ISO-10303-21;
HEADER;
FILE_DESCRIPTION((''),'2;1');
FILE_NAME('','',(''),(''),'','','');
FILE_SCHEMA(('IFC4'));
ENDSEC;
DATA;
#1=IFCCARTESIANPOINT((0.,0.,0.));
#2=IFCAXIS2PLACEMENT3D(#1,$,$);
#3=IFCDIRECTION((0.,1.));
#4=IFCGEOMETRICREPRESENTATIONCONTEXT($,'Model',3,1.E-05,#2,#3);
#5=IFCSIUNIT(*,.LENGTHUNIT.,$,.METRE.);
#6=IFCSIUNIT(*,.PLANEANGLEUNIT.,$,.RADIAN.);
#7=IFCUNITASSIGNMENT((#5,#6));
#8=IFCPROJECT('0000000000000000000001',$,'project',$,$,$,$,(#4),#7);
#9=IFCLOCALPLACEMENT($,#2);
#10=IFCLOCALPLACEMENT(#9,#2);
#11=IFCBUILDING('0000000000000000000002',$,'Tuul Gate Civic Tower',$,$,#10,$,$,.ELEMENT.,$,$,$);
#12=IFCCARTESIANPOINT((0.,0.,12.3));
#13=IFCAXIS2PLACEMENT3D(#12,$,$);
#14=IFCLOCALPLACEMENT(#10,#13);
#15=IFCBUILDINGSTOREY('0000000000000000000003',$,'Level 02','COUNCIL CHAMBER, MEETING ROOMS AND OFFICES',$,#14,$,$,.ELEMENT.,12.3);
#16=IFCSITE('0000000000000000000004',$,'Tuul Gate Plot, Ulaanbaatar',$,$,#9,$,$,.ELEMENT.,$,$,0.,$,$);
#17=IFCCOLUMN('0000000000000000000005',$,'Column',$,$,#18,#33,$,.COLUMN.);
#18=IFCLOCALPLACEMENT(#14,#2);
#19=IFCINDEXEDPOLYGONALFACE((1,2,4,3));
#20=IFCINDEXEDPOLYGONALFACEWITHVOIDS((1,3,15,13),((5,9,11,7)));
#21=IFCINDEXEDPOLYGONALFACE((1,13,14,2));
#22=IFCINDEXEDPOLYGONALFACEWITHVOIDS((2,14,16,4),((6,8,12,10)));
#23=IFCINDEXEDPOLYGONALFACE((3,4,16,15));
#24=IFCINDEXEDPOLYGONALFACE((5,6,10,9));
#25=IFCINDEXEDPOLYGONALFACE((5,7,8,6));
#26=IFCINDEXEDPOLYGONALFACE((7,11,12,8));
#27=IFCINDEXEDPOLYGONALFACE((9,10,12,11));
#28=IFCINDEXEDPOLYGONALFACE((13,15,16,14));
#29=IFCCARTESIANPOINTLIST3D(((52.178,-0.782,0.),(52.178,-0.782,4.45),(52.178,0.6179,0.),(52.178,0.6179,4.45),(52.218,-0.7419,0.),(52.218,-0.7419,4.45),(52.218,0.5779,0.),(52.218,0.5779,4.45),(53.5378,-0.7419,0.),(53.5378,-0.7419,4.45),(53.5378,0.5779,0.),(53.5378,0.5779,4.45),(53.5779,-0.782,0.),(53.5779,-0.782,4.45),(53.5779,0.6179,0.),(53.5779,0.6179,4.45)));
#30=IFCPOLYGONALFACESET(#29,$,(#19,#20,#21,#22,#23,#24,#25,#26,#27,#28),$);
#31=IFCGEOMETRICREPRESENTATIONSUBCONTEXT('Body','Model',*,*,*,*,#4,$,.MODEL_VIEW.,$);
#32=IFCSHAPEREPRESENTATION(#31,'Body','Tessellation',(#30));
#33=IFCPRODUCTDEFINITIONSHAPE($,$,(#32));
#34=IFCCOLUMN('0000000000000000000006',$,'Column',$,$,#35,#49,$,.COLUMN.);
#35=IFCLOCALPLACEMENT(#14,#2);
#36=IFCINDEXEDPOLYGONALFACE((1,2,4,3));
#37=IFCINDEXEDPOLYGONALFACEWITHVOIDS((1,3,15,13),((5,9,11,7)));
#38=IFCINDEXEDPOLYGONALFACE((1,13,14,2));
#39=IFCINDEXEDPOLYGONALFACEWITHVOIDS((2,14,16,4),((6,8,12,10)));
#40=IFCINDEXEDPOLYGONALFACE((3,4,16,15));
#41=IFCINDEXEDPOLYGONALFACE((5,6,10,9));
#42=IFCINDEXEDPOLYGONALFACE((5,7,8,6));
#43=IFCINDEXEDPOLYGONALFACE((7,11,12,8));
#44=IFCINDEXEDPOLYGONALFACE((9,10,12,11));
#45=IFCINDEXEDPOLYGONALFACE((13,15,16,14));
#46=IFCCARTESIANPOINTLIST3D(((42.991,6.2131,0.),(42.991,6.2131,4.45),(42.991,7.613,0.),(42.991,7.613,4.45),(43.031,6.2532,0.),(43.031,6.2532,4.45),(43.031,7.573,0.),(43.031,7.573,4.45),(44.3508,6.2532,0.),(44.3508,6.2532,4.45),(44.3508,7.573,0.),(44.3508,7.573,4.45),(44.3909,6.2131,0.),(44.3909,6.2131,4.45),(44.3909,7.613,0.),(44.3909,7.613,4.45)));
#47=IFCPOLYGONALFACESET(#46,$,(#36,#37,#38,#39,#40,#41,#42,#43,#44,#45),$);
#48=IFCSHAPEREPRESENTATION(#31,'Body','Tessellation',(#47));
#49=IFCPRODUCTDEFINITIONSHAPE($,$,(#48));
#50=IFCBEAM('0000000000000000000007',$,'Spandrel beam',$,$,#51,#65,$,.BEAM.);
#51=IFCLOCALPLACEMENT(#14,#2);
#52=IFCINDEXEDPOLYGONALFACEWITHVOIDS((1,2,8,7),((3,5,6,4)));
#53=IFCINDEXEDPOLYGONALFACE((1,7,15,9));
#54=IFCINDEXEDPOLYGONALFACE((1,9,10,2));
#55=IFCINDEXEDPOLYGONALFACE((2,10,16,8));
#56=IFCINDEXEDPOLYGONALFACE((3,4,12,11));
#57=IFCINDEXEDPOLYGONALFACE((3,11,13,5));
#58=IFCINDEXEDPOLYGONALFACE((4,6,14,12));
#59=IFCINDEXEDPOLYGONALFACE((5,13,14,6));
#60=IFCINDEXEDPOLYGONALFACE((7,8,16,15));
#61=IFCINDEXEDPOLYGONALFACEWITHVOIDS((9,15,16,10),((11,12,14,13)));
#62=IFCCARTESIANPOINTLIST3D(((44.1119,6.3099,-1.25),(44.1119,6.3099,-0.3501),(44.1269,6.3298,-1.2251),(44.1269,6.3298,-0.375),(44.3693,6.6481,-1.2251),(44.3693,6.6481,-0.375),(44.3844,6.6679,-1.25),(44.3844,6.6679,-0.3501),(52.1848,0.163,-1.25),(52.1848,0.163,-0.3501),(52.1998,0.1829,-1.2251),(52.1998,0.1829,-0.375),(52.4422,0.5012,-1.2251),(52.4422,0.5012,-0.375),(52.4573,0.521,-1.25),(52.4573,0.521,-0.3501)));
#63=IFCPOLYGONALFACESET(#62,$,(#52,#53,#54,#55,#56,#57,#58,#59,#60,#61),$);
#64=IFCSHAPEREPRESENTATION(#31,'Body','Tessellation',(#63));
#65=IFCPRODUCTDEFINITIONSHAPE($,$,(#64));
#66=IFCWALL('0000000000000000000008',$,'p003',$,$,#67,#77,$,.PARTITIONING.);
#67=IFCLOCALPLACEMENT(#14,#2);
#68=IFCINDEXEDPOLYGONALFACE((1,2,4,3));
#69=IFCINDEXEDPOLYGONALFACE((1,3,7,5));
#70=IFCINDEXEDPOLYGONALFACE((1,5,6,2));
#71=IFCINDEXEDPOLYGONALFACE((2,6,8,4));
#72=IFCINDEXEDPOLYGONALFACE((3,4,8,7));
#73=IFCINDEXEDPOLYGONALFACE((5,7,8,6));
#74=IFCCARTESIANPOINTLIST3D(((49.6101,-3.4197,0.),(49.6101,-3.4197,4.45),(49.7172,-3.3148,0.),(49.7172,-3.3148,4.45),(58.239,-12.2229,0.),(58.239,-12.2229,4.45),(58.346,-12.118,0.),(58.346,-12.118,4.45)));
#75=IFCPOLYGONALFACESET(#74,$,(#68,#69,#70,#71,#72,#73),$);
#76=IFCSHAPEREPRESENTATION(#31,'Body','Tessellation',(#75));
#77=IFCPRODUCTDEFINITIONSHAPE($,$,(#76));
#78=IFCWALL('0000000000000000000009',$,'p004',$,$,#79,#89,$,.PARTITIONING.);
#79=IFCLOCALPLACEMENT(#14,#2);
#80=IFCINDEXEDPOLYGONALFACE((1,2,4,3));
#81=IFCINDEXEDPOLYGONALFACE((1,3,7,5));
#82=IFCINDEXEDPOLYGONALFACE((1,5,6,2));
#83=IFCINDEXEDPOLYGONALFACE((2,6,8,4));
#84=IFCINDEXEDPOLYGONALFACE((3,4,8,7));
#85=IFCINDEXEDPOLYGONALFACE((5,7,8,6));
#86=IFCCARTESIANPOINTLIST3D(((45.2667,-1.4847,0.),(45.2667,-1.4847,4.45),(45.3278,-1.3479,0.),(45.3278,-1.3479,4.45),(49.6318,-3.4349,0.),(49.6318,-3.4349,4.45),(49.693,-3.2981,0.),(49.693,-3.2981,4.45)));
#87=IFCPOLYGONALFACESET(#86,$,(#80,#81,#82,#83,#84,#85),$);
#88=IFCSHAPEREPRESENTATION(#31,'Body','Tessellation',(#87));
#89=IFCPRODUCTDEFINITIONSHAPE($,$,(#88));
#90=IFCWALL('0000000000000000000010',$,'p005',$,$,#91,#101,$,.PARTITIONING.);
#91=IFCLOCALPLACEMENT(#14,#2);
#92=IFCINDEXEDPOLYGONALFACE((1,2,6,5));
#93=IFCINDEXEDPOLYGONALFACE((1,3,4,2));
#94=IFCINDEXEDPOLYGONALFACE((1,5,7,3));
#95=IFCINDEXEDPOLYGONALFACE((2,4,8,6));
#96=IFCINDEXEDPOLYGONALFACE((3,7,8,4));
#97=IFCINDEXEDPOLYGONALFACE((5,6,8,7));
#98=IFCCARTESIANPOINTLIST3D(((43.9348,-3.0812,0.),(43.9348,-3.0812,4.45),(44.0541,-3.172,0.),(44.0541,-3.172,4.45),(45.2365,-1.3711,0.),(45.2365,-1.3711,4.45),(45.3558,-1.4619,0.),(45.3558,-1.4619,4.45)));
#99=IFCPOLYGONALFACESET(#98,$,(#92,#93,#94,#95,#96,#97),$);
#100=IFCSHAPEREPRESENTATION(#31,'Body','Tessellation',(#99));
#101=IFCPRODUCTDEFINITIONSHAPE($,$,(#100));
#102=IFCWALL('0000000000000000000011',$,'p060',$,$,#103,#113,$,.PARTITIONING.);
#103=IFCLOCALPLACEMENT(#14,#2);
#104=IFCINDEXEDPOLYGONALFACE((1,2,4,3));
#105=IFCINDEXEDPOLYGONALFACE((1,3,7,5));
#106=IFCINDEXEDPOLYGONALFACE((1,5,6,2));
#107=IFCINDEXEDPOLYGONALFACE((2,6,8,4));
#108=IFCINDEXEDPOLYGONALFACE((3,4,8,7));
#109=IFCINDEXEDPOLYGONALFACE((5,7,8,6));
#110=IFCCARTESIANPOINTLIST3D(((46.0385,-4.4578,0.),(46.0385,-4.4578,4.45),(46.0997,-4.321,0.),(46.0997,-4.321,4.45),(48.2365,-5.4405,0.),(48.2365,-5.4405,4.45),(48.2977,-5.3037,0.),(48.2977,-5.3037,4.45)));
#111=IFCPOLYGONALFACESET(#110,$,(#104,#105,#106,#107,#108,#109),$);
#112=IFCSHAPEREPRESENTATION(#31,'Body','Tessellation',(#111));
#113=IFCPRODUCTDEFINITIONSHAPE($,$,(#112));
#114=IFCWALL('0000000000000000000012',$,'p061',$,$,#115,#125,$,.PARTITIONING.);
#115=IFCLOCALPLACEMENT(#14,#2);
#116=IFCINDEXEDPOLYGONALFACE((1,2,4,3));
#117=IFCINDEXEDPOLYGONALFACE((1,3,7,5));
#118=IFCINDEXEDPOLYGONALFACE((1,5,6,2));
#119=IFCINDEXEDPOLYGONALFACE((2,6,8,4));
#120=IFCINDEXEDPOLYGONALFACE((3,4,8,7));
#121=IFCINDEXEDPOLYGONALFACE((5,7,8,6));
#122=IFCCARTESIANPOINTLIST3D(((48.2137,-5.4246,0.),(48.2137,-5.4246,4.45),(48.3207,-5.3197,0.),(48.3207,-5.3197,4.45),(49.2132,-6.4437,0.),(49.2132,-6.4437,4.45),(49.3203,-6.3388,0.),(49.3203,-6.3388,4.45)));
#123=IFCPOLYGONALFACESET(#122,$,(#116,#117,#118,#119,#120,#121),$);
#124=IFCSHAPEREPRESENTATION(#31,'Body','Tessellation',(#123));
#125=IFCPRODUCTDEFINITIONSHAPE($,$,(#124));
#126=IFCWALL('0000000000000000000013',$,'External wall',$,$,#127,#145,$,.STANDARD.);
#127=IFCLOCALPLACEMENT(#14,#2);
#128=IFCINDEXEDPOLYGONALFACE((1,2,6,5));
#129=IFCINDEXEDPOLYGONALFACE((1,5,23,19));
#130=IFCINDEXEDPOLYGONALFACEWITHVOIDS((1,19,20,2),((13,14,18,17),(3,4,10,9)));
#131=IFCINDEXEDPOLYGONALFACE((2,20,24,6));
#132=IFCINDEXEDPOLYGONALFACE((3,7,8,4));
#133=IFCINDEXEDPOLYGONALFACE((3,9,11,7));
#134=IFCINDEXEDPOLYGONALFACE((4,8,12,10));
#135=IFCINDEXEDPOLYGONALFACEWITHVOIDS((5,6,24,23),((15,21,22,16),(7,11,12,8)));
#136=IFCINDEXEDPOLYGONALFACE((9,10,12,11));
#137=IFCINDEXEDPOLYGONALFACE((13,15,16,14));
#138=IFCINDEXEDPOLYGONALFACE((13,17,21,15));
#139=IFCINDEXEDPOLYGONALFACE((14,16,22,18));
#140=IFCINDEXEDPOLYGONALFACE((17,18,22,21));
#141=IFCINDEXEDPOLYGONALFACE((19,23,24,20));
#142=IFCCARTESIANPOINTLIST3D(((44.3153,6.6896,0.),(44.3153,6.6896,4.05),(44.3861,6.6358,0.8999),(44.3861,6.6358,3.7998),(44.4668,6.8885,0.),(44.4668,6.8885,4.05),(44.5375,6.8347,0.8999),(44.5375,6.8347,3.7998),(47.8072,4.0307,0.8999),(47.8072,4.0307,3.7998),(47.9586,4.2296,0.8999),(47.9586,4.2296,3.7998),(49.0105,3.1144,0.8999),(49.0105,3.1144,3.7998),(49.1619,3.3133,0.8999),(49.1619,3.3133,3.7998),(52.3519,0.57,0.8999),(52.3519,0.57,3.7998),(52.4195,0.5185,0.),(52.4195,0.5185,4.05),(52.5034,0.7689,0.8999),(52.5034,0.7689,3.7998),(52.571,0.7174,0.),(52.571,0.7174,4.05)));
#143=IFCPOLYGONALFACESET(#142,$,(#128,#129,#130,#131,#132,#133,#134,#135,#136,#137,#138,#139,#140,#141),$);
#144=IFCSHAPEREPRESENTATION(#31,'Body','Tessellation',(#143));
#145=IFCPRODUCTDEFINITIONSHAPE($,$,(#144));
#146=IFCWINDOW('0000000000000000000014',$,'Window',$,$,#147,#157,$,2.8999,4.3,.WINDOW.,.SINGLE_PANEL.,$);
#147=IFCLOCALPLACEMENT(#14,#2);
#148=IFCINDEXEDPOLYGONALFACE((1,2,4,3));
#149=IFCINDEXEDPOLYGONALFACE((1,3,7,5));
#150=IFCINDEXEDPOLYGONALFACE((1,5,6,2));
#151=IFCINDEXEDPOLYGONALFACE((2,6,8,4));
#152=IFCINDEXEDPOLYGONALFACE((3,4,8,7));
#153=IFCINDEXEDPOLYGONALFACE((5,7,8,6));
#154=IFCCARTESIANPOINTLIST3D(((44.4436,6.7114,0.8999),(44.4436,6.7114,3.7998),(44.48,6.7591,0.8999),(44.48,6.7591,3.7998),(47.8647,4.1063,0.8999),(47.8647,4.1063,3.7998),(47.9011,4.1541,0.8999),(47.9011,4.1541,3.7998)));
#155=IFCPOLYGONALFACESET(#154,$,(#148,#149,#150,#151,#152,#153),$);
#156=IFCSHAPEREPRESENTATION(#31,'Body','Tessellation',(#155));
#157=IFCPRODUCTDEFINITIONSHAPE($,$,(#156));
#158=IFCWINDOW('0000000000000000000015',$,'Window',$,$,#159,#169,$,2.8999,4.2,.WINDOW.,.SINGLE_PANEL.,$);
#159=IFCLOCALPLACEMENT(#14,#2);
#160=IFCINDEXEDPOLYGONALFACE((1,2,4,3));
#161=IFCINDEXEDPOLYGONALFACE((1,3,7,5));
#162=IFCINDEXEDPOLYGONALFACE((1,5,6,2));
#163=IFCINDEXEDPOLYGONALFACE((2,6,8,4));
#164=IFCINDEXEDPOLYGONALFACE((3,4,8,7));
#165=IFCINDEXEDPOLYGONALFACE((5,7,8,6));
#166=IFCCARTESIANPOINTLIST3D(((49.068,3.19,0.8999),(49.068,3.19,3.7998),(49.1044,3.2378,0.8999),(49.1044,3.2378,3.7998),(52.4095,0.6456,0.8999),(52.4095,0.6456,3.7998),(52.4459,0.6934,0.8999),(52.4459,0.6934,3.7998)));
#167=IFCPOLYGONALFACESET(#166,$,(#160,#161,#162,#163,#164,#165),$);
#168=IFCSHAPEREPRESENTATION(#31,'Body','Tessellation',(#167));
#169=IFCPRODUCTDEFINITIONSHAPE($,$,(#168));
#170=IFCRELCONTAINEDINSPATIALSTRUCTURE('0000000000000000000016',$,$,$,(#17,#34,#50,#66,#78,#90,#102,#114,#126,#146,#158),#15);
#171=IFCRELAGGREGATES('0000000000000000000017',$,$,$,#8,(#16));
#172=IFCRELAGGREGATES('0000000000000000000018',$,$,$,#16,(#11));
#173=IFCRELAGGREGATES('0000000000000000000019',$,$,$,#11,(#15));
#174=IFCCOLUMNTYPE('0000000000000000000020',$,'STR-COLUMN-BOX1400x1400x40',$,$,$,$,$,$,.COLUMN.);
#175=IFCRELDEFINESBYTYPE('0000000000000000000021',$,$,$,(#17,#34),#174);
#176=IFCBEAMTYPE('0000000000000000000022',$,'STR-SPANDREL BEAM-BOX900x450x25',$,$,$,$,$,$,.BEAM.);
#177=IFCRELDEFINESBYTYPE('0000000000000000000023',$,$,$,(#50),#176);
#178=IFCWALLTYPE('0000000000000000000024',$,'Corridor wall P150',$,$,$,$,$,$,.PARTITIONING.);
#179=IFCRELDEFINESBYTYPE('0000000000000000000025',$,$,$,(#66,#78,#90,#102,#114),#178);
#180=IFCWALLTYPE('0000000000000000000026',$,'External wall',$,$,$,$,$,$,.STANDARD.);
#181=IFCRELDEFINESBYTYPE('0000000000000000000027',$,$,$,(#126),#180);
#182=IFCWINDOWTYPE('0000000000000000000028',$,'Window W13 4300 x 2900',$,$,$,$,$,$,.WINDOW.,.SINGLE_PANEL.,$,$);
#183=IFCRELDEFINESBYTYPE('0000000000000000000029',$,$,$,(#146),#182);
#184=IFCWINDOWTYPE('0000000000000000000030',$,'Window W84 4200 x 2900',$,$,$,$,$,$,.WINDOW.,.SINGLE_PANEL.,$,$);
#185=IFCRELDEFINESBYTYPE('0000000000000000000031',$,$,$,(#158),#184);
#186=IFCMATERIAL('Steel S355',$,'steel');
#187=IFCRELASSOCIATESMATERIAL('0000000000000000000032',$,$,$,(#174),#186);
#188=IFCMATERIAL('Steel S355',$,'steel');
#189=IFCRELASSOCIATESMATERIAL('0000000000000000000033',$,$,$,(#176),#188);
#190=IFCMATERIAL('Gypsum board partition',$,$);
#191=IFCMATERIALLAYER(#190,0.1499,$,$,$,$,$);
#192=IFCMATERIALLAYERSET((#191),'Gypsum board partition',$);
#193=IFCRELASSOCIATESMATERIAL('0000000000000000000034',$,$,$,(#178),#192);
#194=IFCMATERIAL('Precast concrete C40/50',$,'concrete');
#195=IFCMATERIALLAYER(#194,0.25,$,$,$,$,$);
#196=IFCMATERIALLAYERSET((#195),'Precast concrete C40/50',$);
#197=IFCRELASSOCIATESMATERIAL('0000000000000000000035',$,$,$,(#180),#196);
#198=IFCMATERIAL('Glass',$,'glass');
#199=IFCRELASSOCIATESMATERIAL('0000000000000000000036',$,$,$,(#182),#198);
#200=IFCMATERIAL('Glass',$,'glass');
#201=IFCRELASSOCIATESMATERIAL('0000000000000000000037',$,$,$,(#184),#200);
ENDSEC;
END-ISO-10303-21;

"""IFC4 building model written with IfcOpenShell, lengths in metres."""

from ifc_helpers import new_model, si_unit, direction, frame, frame_2d, origin, origin_2d, place, context, subcontext, project, spatial, rectangle, hollow_rectangle, extrude, material, layer, layer_set, material_profile, profile_set, type_object, element, fill, save


model = new_model("IFC4")

# Units and contexts
model_context = context("Model", 3, precision=1e-05, world=origin(), true_north=direction((0.0, 1.0)))
body_context = subcontext(model_context, "Body", "Model", "MODEL_VIEW")
ifc_project = project(units=[si_unit("LENGTHUNIT", "METRE"), si_unit("PLANEANGLEUNIT", "RADIAN")], contexts=[model_context])

# Site, building, storey
site_placement = place(None, origin())
site = spatial("IfcSite", under=ifc_project, at=site_placement, Name="Tuul Gate Plot, Ulaanbaatar", CompositionType="ELEMENT", RefElevation=0.0)
building_placement = place(site_placement, origin())
building = spatial("IfcBuilding", under=site, at=building_placement, Name="Tuul Gate Civic Tower", CompositionType="ELEMENT")
storey_placement = place(building_placement, frame((0.0, 0.0, 12.3)))
storey = spatial("IfcBuildingStorey", under=building, at=storey_placement, Name="Level 02", Description="COUNCIL CHAMBER, MEETING ROOMS AND OFFICES", CompositionType="ELEMENT", Elevation=12.3)

# Columns
ifc_material_1 = material(Name="Steel S355", Category="steel")
ifc_material_profile_1 = material_profile(ifc_material_1, hollow_rectangle(XDim=1.3999, YDim=1.3999, WallThickness=0.04, at=origin_2d()), Name="BOX1400x1400x40")
ifc_profile_set_1 = profile_set([ifc_material_profile_1], Name="Steel S355")
column_type = type_object("IfcColumnType", Name="STR-COLUMN-BOX1400x1400x40", PredefinedType="COLUMN", material=ifc_profile_set_1)
for number, where, z_axis, x_axis, name in (
    (1, (52.8779, -0.082, 0.0), (0.0, 0.0, 1.0), (1.0, 0.0, 0.0), "Column"),
    (2, (43.6909, 6.9131, 0.0), (0.0, 0.0, 1.0), (1.0, 0.0, 0.0), "Column"),
):
    element("IfcColumn", number, at=place(storey_placement, frame(where, z_axis=z_axis, x_axis=x_axis)), inside=storey, type_object=column_type, Name=name, PredefinedType="COLUMN", context=body_context, shape_type="SweptSolid", body=[
        extrude(hollow_rectangle(XDim=1.3999, YDim=1.3999, WallThickness=0.04, at=origin_2d()), origin(), (0.0, 0.0, 1.0), 4.45),
    ])

# Beam
ifc_material_2 = material(Name="Steel S355", Category="steel")
ifc_material_profile_2 = material_profile(ifc_material_2, hollow_rectangle(XDim=0.45, YDim=0.8999, WallThickness=0.0249, at=origin_2d()), Name="BOX900x450x25")
ifc_profile_set_2 = profile_set([ifc_material_profile_2], Name="Steel S355")
beam_type = type_object("IfcBeamType", Name="STR-SPANDREL BEAM-BOX900x450x25", PredefinedType="BEAM", material=ifc_profile_set_2)
beam_placement = place(storey_placement, frame((52.321, 0.342, -0.8), z_axis=(-0.795616, 0.605801, 0.0), x_axis=(-0.605801, -0.795616, 0.0)))
element("IfcBeam", 3, at=beam_placement, inside=storey, type_object=beam_type, Name="Spandrel beam", PredefinedType="BEAM", context=body_context, shape_type="SweptSolid", body=[
    extrude(hollow_rectangle(XDim=0.45, YDim=0.8999, WallThickness=0.0249, at=origin_2d()), origin(), (0.0, 0.0, 1.0), 10.1467),
])

# Walls
ifc_material_3 = material(Name="Gypsum board partition")
ifc_layer_1 = layer(ifc_material_3, 0.1499)
ifc_layer_set_1 = layer_set([ifc_layer_1], Name="Gypsum board partition")
wall_type_1 = type_object("IfcWallType", Name="Corridor wall P150", PredefinedType="PARTITIONING", material=ifc_layer_set_1)
wall_1_placement = place(storey_placement, frame((49.6636, -3.3672, 0.0), z_axis=(0.0, 0.0, 1.0), x_axis=(0.700001, -0.714142, 0.0)))
element("IfcWall", 4, at=wall_1_placement, inside=storey, type_object=wall_type_1, Name="p003", PredefinedType="PARTITIONING", context=body_context, shape_type="SweptSolid", body=[
    extrude(rectangle(XDim=12.3269, YDim=0.1499, at=frame_2d((6.1636, 0.0))), origin(), (0.0, 0.0, 1.0), 4.45),
])
wall_2_placement = place(storey_placement, frame((45.2971, -1.4163, 0.0), z_axis=(0.0, 0.0, 1.0), x_axis=(0.913027, -0.4079, 0.0)))
element("IfcWall", 5, at=wall_2_placement, inside=storey, type_object=wall_type_1, Name="p004", PredefinedType="PARTITIONING", context=body_context, shape_type="SweptSolid", body=[
    extrude(rectangle(XDim=4.781, YDim=0.1499, at=frame_2d((2.3906, 0.0))), origin(), (0.0, 0.0, 1.0), 4.45),
])
wall_3_placement = place(storey_placement, frame((43.9944, -3.1267, 0.0), z_axis=(0.0, 0.0, 1.0), x_axis=(0.605674, 0.795713, 0.0)))
element("IfcWall", 6, at=wall_3_placement, inside=storey, type_object=wall_type_1, Name="p005", PredefinedType="PARTITIONING", context=body_context, shape_type="SweptSolid", body=[
    extrude(rectangle(XDim=2.1492, YDim=0.1499, at=frame_2d((1.0747, 0.0))), origin(), (0.0, 0.0, 1.0), 4.45),
])
wall_4_placement = place(storey_placement, frame((46.0691, -4.3894, 0.0), z_axis=(0.0, 0.0, 1.0), x_axis=(0.912919, -0.408141, 0.0)))
element("IfcWall", 7, at=wall_4_placement, inside=storey, type_object=wall_type_1, Name="p060", PredefinedType="PARTITIONING", context=body_context, shape_type="SweptSolid", body=[
    extrude(rectangle(XDim=2.4077, YDim=0.1499, at=frame_2d((1.2039, 0.0))), origin(), (0.0, 0.0, 1.0), 4.45),
])
wall_5_placement = place(storey_placement, frame((48.2671, -5.3721, 0.0), z_axis=(0.0, 0.0, 1.0), x_axis=(0.700232, -0.713915, 0.0)))
element("IfcWall", 8, at=wall_5_placement, inside=storey, type_object=wall_type_1, Name="p061", PredefinedType="PARTITIONING", context=body_context, shape_type="SweptSolid", body=[
    extrude(rectangle(XDim=1.4275, YDim=0.1499, at=frame_2d((0.7139, 0.0))), origin(), (0.0, 0.0, 1.0), 4.45),
])

# Wall, openings, windows
ifc_material_4 = material(Name="Precast concrete C40/50", Category="concrete")
ifc_layer_2 = layer(ifc_material_4, 0.25)
ifc_layer_set_2 = layer_set([ifc_layer_2], Name="Precast concrete C40/50")
wall_type_2 = type_object("IfcWallType", Name="External wall", PredefinedType="STANDARD", material=ifc_layer_set_2)
wall_6_placement = place(storey_placement, frame((52.4954, 0.6179, 0.0), z_axis=(0.0, 0.0, 1.0), x_axis=(-0.795598, 0.605824, 0.0)))
wall_6 = element("IfcWall", 9, at=wall_6_placement, inside=storey, type_object=wall_type_2, Name="External wall", PredefinedType="STANDARD", context=body_context, shape_type="SweptSolid", body=[
    extrude(rectangle(XDim=10.1863, YDim=0.25, at=frame_2d((5.0933, 0.0))), origin(), (0.0, 0.0, 1.0), 4.05),
])
opening_1_placement = place(wall_6_placement, frame((0.085, 0.0, 0.8999)))
opening_1 = element("IfcOpeningElement", 10, at=opening_1_placement, cuts=wall_6, PredefinedType="OPENING", context=body_context, shape_type="SweptSolid", body=[
    extrude(rectangle(XDim=4.2, YDim=2.8999, at=frame_2d((2.1001, 1.45))), frame((0.0, 0.135, 0.0), z_axis=(0.0, -1.0, 0.0), x_axis=(1.0, 0.0, 0.0)), (0.0, 0.0, 1.0), 0.27),
])
opening_2_placement = place(wall_6_placement, frame((5.7976, 0.0, 0.8999)))
opening_2 = element("IfcOpeningElement", 11, at=opening_2_placement, cuts=wall_6, PredefinedType="OPENING", context=body_context, shape_type="SweptSolid", body=[
    extrude(rectangle(XDim=4.3, YDim=2.8999, at=frame_2d((2.1499, 1.45))), frame((0.0, 0.135, 0.0), z_axis=(0.0, -1.0, 0.0), x_axis=(1.0, 0.0, 0.0)), (0.0, 0.0, 1.0), 0.27),
])
ifc_material_5 = material(Name="Glass", Category="glass")
window_type_1 = type_object("IfcWindowType", Name="Window W13 4300 x 2900", PartitioningType="SINGLE_PANEL", PredefinedType="WINDOW", material=ifc_material_5)
window_1_placement = place(opening_2_placement, origin())
window_1 = element("IfcWindow", 12, at=window_1_placement, inside=storey, type_object=window_type_1, Name="Window", OverallHeight=2.8999, OverallWidth=4.3, PartitioningType="SINGLE_PANEL", PredefinedType="WINDOW", context=body_context, shape_type="SweptSolid", body=[
    extrude(rectangle(XDim=4.3, YDim=2.8999, at=frame_2d((2.1499, 1.45))), frame((0.0, 0.03, 0.0), z_axis=(0.0, -1.0, 0.0), x_axis=(1.0, 0.0, 0.0)), (0.0, 0.0, 1.0), 0.0601),
])
fill(opening_2, window_1)
ifc_material_6 = material(Name="Glass", Category="glass")
window_type_2 = type_object("IfcWindowType", Name="Window W84 4200 x 2900", PartitioningType="SINGLE_PANEL", PredefinedType="WINDOW", material=ifc_material_6)
window_2_placement = place(opening_1_placement, origin())
window_2 = element("IfcWindow", 13, at=window_2_placement, inside=storey, type_object=window_type_2, Name="Window", OverallHeight=2.8999, OverallWidth=4.2, PartitioningType="SINGLE_PANEL", PredefinedType="WINDOW", context=body_context, shape_type="SweptSolid", body=[
    extrude(rectangle(XDim=4.2, YDim=2.8999, at=frame_2d((2.1001, 1.45))), frame((0.0, 0.03, 0.0), z_axis=(0.0, -1.0, 0.0), x_axis=(1.0, 0.0, 0.0)), (0.0, 0.0, 1.0), 0.0601),
])
fill(opening_1, window_2)

save(model, "model.ifc")
